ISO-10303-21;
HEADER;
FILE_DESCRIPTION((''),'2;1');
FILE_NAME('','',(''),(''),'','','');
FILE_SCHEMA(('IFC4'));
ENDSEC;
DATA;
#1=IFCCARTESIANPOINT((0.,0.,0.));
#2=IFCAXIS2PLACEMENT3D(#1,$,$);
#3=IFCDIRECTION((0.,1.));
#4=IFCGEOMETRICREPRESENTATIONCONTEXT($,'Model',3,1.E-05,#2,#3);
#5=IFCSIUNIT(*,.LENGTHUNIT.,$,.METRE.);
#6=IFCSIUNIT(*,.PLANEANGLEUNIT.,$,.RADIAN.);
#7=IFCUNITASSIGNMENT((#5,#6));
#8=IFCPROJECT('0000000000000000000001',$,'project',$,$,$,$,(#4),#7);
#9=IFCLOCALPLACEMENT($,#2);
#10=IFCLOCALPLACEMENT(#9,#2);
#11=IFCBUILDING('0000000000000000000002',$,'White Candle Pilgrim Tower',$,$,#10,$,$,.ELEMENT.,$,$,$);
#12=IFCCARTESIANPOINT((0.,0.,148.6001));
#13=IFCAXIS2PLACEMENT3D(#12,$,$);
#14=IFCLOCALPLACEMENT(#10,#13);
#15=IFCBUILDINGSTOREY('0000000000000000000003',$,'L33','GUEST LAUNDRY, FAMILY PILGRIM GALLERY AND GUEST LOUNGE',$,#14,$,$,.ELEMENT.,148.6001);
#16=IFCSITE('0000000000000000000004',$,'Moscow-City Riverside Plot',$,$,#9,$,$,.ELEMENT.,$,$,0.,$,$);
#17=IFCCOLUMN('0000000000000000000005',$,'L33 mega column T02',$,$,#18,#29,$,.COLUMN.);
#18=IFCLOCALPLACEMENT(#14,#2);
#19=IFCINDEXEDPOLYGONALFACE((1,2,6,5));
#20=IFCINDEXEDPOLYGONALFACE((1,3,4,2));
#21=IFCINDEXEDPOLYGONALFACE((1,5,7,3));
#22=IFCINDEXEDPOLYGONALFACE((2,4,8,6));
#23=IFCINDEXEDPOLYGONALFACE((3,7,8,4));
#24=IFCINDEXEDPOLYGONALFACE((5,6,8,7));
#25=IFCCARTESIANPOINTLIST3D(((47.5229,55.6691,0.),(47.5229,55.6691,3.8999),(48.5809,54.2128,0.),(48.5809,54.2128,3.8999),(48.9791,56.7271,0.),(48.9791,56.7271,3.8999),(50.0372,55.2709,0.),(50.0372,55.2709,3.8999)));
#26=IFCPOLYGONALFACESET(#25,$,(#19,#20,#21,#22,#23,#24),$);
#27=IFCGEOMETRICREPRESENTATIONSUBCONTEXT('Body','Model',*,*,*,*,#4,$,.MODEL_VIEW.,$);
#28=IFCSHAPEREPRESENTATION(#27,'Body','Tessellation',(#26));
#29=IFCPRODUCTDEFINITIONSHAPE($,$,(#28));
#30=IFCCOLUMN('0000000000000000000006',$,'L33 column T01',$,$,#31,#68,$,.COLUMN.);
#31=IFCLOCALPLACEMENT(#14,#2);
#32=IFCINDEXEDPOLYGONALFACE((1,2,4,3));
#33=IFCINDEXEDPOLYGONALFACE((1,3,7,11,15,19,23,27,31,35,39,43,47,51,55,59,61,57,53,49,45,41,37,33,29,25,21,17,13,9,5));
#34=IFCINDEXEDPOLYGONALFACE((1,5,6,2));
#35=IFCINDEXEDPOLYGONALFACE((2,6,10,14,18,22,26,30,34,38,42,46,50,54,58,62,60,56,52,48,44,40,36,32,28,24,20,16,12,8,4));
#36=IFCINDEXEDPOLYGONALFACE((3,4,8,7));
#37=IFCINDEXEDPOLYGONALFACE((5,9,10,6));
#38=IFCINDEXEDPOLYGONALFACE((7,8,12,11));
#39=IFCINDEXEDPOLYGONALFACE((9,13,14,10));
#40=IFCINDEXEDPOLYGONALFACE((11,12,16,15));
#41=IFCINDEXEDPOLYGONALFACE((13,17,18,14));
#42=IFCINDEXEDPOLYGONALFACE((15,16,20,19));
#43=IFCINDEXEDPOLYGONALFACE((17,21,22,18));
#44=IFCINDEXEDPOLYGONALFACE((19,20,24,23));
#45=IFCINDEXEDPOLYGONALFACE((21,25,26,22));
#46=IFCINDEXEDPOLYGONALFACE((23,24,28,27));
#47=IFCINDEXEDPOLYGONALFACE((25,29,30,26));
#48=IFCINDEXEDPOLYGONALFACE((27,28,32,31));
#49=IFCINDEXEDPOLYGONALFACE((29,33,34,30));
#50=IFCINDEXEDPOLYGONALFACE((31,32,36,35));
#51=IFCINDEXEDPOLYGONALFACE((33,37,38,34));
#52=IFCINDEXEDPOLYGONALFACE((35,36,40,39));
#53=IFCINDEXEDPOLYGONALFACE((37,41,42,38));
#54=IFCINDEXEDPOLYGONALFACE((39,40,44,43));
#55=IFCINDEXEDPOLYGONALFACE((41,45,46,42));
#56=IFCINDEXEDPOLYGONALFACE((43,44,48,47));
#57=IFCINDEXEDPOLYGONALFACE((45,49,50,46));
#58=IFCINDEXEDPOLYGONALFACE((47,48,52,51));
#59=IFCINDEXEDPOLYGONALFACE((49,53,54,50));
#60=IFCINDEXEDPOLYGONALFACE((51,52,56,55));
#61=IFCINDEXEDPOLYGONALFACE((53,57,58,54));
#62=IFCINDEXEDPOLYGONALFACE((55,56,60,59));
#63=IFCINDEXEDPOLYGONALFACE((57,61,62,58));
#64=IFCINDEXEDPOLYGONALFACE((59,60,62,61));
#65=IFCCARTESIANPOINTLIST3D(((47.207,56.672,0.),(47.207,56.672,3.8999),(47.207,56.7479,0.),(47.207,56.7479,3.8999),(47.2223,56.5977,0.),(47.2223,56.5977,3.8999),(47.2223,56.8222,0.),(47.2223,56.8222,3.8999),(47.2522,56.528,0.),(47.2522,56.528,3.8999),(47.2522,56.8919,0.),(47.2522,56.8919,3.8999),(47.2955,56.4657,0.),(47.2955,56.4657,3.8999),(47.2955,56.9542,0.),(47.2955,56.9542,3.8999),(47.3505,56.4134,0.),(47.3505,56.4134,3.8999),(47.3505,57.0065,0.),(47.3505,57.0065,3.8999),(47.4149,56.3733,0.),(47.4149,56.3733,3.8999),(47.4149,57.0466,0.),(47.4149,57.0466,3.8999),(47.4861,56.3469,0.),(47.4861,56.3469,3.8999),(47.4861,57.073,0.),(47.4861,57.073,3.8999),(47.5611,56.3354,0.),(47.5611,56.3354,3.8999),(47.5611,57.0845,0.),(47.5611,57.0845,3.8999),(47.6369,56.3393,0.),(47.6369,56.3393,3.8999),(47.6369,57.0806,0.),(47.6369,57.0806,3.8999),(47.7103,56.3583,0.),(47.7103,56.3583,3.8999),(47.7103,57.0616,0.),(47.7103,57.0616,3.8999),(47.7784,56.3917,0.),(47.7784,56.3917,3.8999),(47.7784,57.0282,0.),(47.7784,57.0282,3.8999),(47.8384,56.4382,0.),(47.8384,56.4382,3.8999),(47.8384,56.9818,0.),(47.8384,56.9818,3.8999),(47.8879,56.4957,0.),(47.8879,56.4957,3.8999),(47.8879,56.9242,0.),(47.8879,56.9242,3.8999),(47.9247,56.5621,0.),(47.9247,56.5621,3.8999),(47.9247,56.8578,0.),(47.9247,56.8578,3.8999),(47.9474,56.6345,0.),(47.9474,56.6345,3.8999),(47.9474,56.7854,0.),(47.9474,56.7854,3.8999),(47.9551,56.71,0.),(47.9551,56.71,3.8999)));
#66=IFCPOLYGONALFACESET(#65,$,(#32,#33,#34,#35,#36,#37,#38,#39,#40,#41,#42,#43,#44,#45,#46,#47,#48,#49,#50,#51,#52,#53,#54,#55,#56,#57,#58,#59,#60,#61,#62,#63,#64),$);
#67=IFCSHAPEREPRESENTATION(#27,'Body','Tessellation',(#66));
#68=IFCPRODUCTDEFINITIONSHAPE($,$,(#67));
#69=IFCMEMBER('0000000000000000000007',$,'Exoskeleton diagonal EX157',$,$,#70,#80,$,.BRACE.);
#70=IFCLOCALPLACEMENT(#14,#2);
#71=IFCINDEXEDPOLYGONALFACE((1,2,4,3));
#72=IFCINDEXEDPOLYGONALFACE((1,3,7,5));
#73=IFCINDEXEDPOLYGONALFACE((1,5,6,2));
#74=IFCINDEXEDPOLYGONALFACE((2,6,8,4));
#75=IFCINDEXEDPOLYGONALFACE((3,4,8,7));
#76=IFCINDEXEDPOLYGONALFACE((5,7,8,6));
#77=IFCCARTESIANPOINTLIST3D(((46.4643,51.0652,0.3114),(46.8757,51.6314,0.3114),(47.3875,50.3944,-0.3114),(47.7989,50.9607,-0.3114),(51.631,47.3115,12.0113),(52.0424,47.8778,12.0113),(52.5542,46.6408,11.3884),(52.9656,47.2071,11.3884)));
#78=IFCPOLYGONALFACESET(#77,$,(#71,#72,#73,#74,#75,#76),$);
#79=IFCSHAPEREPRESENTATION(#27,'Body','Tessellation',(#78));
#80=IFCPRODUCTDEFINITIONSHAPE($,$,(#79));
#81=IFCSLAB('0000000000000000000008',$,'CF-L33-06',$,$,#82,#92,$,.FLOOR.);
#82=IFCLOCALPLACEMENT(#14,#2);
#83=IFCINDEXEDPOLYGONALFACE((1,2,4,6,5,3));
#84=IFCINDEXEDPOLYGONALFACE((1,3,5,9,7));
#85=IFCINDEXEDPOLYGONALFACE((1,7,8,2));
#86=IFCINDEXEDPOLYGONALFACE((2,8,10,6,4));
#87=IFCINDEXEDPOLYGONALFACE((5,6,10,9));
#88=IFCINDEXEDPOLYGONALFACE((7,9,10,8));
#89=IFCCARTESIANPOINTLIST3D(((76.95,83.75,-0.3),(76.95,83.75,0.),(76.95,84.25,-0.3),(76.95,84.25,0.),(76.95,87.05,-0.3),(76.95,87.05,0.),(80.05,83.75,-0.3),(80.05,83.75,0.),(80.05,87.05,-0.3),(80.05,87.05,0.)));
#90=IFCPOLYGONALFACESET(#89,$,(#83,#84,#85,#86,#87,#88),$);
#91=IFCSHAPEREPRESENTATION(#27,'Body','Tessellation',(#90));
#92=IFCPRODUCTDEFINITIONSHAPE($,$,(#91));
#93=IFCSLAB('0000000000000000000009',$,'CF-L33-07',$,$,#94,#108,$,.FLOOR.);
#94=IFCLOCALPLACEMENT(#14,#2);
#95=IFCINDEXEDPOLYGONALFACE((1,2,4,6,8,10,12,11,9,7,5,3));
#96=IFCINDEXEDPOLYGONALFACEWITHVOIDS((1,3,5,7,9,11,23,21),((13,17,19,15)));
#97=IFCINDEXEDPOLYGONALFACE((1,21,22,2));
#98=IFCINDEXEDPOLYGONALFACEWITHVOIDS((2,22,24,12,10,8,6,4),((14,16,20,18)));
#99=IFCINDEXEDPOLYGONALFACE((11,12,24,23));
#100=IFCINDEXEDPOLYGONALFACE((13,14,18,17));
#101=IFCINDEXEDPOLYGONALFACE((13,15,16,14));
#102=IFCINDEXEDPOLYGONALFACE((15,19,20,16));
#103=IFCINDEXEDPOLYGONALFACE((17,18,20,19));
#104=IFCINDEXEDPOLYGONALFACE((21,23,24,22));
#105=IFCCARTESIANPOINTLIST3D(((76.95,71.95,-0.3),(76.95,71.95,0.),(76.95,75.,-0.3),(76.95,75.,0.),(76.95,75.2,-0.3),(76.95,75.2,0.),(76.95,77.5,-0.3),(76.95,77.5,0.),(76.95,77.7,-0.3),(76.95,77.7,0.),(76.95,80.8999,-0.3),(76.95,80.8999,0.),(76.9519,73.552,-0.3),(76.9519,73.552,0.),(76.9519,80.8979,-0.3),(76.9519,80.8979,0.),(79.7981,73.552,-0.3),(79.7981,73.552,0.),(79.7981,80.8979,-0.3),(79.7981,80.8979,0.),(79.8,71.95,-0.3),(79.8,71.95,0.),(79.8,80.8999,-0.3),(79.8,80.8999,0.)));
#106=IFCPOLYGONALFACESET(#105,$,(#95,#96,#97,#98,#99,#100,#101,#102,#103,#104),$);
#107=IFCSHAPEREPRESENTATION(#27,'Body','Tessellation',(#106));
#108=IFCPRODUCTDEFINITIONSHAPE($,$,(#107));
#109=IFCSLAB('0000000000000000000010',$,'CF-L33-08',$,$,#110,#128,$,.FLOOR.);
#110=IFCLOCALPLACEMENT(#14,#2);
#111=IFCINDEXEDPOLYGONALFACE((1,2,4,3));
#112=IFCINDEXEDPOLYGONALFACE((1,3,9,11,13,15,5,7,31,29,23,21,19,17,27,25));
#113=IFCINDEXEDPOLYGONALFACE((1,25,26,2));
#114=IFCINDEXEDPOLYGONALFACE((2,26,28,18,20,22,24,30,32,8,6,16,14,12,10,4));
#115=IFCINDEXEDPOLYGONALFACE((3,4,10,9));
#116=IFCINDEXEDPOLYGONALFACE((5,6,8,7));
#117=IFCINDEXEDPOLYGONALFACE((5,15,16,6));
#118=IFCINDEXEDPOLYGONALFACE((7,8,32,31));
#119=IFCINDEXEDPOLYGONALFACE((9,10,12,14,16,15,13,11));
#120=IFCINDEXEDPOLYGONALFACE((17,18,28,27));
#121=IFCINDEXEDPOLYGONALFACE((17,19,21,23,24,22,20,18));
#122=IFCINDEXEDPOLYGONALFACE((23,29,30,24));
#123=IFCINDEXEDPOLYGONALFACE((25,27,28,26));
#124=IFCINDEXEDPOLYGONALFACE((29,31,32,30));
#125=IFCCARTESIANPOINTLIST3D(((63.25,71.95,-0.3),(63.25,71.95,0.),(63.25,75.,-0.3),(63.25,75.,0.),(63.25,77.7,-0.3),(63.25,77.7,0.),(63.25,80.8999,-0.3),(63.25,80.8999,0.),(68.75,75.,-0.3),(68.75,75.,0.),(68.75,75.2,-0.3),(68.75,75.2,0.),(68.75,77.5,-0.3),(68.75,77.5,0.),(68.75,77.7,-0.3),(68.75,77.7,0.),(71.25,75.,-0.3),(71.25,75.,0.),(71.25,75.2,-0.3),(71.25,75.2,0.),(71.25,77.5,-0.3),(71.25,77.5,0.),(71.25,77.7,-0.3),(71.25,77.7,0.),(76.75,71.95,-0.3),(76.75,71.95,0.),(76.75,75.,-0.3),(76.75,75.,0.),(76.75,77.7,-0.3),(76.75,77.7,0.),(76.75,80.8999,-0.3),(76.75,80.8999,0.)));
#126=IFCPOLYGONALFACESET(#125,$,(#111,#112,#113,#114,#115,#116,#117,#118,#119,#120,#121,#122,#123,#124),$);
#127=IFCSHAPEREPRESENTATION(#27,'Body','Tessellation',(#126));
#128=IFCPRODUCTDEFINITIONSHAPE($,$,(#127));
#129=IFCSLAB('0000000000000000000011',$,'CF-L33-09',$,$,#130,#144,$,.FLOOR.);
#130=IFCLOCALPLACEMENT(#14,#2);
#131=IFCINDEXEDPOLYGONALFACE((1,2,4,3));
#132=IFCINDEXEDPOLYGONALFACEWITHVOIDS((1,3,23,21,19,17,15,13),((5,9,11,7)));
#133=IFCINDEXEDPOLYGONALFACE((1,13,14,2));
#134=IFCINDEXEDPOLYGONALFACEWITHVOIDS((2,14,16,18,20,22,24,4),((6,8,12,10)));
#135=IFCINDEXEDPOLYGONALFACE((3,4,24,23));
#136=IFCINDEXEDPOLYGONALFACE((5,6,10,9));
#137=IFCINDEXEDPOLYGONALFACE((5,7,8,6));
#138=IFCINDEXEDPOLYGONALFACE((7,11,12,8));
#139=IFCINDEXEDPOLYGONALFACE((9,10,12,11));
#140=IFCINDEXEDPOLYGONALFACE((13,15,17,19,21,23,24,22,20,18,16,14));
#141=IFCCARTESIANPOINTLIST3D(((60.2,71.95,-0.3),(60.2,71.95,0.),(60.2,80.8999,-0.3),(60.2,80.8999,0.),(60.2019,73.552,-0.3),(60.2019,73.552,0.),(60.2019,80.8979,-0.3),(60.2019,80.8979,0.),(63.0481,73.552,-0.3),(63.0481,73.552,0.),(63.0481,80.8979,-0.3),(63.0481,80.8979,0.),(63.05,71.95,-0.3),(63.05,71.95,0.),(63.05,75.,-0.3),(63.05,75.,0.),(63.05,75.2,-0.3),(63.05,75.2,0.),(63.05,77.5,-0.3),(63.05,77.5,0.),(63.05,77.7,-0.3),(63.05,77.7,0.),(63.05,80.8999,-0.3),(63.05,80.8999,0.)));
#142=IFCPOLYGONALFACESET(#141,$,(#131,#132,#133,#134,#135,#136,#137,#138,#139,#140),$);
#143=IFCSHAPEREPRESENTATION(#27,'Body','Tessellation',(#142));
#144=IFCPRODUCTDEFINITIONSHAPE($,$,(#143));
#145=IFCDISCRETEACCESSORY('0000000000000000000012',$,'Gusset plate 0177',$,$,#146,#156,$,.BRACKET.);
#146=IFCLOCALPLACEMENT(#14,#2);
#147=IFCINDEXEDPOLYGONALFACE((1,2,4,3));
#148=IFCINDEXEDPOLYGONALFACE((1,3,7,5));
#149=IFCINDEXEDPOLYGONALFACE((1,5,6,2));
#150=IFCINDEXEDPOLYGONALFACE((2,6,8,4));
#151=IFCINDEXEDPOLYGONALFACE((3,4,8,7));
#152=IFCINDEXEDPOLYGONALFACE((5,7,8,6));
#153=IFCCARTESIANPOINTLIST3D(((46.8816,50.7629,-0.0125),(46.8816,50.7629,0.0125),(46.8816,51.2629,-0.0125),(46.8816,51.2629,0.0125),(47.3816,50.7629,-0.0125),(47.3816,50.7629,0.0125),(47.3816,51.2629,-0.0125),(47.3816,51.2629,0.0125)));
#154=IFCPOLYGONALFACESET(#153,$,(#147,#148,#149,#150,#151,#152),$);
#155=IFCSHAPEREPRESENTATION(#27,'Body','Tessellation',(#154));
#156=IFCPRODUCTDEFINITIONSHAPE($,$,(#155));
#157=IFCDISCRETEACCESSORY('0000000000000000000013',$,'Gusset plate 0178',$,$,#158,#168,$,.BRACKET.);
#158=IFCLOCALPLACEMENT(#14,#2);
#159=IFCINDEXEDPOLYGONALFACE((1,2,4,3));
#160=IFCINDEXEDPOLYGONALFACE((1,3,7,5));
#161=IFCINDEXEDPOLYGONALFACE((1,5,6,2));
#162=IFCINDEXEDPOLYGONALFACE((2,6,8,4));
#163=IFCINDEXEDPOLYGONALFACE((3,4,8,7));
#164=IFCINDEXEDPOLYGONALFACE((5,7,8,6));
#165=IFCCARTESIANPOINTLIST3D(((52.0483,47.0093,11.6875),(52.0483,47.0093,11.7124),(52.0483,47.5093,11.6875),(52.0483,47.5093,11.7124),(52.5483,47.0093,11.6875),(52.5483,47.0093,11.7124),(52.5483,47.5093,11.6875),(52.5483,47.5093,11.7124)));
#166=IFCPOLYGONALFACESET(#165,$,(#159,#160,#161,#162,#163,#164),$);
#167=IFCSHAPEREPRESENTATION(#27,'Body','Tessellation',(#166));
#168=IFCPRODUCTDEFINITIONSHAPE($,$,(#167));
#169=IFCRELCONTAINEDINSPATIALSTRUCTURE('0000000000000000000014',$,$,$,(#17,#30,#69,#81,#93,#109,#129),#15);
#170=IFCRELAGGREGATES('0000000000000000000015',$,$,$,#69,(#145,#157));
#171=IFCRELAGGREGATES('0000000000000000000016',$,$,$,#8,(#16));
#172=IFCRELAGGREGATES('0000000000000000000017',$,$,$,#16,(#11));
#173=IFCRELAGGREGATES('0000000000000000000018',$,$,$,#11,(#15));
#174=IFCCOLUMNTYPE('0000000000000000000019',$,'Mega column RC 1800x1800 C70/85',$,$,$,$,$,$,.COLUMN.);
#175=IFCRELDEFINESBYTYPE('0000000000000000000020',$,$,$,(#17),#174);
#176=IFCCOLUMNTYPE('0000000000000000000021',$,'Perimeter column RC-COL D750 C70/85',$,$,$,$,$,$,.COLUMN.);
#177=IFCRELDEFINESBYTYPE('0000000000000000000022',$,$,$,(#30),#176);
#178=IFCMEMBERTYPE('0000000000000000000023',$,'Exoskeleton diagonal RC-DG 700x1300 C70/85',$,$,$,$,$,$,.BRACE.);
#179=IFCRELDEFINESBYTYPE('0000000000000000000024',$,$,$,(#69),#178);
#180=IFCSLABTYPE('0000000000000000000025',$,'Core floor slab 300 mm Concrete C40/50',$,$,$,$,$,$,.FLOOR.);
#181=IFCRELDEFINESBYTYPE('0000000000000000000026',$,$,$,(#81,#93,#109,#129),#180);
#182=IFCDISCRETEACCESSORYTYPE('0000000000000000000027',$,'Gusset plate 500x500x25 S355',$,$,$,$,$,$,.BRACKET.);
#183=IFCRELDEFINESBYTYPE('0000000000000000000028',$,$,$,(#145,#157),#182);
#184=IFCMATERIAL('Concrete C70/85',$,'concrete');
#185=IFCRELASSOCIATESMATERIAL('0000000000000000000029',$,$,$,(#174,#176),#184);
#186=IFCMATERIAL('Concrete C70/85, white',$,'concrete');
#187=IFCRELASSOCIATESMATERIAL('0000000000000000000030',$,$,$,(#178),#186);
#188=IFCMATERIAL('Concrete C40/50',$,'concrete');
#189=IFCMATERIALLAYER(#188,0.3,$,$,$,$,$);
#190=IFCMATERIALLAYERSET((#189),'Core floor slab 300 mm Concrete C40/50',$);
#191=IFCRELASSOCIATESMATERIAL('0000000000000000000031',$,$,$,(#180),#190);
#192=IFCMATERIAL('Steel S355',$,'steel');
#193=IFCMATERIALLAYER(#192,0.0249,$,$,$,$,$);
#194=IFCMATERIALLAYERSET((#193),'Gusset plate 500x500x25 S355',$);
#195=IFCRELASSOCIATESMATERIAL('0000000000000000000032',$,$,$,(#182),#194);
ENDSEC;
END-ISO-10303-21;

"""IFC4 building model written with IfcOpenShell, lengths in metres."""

from ifc_helpers import new_model, si_unit, direction, frame, origin, origin_2d, place, context, subcontext, project, spatial, polyline, rectangle, circle, outline, extrude, material, layer, layer_set, material_profile, profile_set, type_object, element, aggregate, save


model = new_model("IFC4")

# Units and contexts
model_context = context("Model", 3, precision=1e-05, world=origin(), true_north=direction((0.0, 1.0)))
body_context = subcontext(model_context, "Body", "Model", "MODEL_VIEW")
ifc_project = project(units=[si_unit("LENGTHUNIT", "METRE"), si_unit("PLANEANGLEUNIT", "RADIAN")], contexts=[model_context])

# Site, building, storey
site_placement = place(None, origin())
site = spatial("IfcSite", under=ifc_project, at=site_placement, Name="Moscow-City Riverside Plot", CompositionType="ELEMENT", RefElevation=0.0)
building_placement = place(site_placement, origin())
building = spatial("IfcBuilding", under=site, at=building_placement, Name="White Candle Pilgrim Tower", CompositionType="ELEMENT")
storey_placement = place(building_placement, frame((0.0, 0.0, 148.6001)))
storey = spatial("IfcBuildingStorey", under=building, at=storey_placement, Name="L33", Description="GUEST LAUNDRY, FAMILY PILGRIM GALLERY AND GUEST LOUNGE", CompositionType="ELEMENT", Elevation=148.6001)

# Columns
ifc_material_1 = material(Name="Concrete C70/85", Category="concrete")
ifc_material_profile_1 = material_profile(ifc_material_1, rectangle(XDim=1.8, YDim=1.8, at=origin_2d()), Name="RC 1800x1800")
ifc_profile_set_1 = profile_set([ifc_material_profile_1], Name="Concrete C70/85")
column_type_1 = type_object("IfcColumnType", Name="Mega column RC 1800x1800 C70/85", PredefinedType="COLUMN", material=ifc_profile_set_1)
column_1_placement = place(storey_placement, frame((48.78, 55.47, 0.0), z_axis=(0.0, 0.0, 1.0), x_axis=(-0.809017, -0.587785, 0.0)))
element("IfcColumn", 1, at=column_1_placement, inside=storey, type_object=column_type_1, Name="L33 mega column T02", PredefinedType="COLUMN", context=body_context, shape_type="SweptSolid", body=[
    extrude(rectangle(XDim=1.8, YDim=1.8, at=origin_2d()), origin(), (0.0, 0.0, 1.0), 3.8999),
])
ifc_material_profile_2 = material_profile(ifc_material_1, circle(Radius=0.375, at=origin_2d()), Name="RC-COL D750")
ifc_profile_set_2 = profile_set([ifc_material_profile_2], Name="Concrete C70/85")
column_type_2 = type_object("IfcColumnType", Name="Perimeter column RC-COL D750 C70/85", PredefinedType="COLUMN", material=ifc_profile_set_2)
column_2_placement = place(storey_placement, frame((47.5801, 56.71, 0.0), z_axis=(0.0, 0.0, 1.0), x_axis=(1.0, 0.0, 0.0)))
element("IfcColumn", 2, at=column_2_placement, inside=storey, type_object=column_type_2, Name="L33 column T01", PredefinedType="COLUMN", context=body_context, shape_type="SweptSolid", body=[
    extrude(circle(Radius=0.375, at=origin_2d()), origin(), (0.0, 0.0, 1.0), 3.8999),
])

# Member
ifc_material_2 = material(Name="Concrete C70/85, white", Category="concrete")
ifc_material_profile_3 = material_profile(ifc_material_2, rectangle(XDim=0.7, YDim=1.3, at=origin_2d()), Name="RC-DG 700x1300")
ifc_profile_set_3 = profile_set([ifc_material_profile_3], Name="Concrete C70/85, white")
member_type = type_object("IfcMemberType", Name="Exoskeleton diagonal RC-DG 700x1300 C70/85", PredefinedType="BRACE", material=ifc_profile_set_3)
member_placement = place(storey_placement, frame((47.1316, 51.0129, 0.0), z_axis=(0.387619, -0.281607, 0.877752), x_axis=(0.587765, 0.809032, 0.0)))
member = element("IfcMember", 3, at=member_placement, inside=storey, type_object=member_type, Name="Exoskeleton diagonal EX157", PredefinedType="BRACE", context=body_context, shape_type="SweptSolid", body=[
    extrude(rectangle(XDim=0.7, YDim=1.3, at=origin_2d()), origin(), (0.0, 0.0, 1.0), 13.3293),
])

# Slabs
ifc_material_3 = material(Name="Concrete C40/50", Category="concrete")
ifc_layer_1 = layer(ifc_material_3, 0.3)
ifc_layer_set_1 = layer_set([ifc_layer_1], Name="Core floor slab 300 mm Concrete C40/50")
slab_type_1 = type_object("IfcSlabType", Name="Core floor slab 300 mm Concrete C40/50", PredefinedType="FLOOR", material=ifc_layer_set_1)
slab_1_placement = place(storey_placement, frame((0.0, 0.0, -0.3)))
element("IfcSlab", 4, at=slab_1_placement, inside=storey, type_object=slab_type_1, Name="CF-L33-06", PredefinedType="FLOOR", context=body_context, shape_type="SweptSolid", body=[
    extrude(outline(polyline([(80.05, 87.05), (80.05, 83.75), (76.95, 83.75), (76.95, 84.25), (76.95, 87.05), (80.05, 87.05)])), origin(), (0.0, 0.0, 1.0), 0.3),
])
slab_2_placement = place(storey_placement, frame((0.0, 0.0, -0.3)))
element("IfcSlab", 5, at=slab_2_placement, inside=storey, type_object=slab_type_1, Name="CF-L33-07", PredefinedType="FLOOR", context=body_context, shape_type="SweptSolid", body=[
    extrude(outline(polyline([(76.95, 71.95), (76.95, 75.0), (76.95, 75.2), (76.95, 77.5), (76.95, 77.7), (76.95, 80.8999), (79.8, 80.8999), (79.8, 71.95), (76.95, 71.95)]), holes=[polyline([(76.9519, 73.552), (79.7981, 73.552), (79.7981, 80.8979), (76.9519, 80.8979), (76.9519, 73.552)])]), origin(), (0.0, 0.0, 1.0), 0.3),
])
slab_3_placement = place(storey_placement, frame((0.0, 0.0, -0.3)))
element("IfcSlab", 6, at=slab_3_placement, inside=storey, type_object=slab_type_1, Name="CF-L33-08", PredefinedType="FLOOR", context=body_context, shape_type="SweptSolid", body=[
    extrude(outline(polyline([(63.25, 71.95), (63.25, 75.0), (68.75, 75.0), (68.75, 75.2), (68.75, 77.5), (68.75, 77.7), (63.25, 77.7), (63.25, 80.8999), (76.75, 80.8999), (76.75, 77.7), (71.25, 77.7), (71.25, 77.5), (71.25, 75.2), (71.25, 75.0), (76.75, 75.0), (76.75, 71.95), (63.25, 71.95)])), origin(), (0.0, 0.0, 1.0), 0.3),
])
slab_4_placement = place(storey_placement, frame((0.0, 0.0, -0.3)))
element("IfcSlab", 7, at=slab_4_placement, inside=storey, type_object=slab_type_1, Name="CF-L33-09", PredefinedType="FLOOR", context=body_context, shape_type="SweptSolid", body=[
    extrude(outline(polyline([(60.2, 71.95), (60.2, 80.8999), (63.05, 80.8999), (63.05, 77.7), (63.05, 77.5), (63.05, 75.2), (63.05, 75.0), (63.05, 71.95), (60.2, 71.95)]), holes=[polyline([(60.2019, 73.552), (63.0481, 73.552), (63.0481, 80.8979), (60.2019, 80.8979), (60.2019, 73.552)])]), origin(), (0.0, 0.0, 1.0), 0.3),
])

# Discrete accessories
ifc_material_4 = material(Name="Steel S355", Category="steel")
ifc_layer_2 = layer(ifc_material_4, 0.0249)
ifc_layer_set_2 = layer_set([ifc_layer_2], Name="Gusset plate 500x500x25 S355")
discrete_accessory_type = type_object("IfcDiscreteAccessoryType", Name="Gusset plate 500x500x25 S355", PredefinedType="BRACKET", material=ifc_layer_set_2)
discrete_accessory_1_placement = place(storey_placement, frame((47.1316, 51.0129, -0.0125), z_axis=(0.0, 0.0, 1.0), x_axis=(1.0, 0.0, 0.0)))
discrete_accessory_1 = element("IfcDiscreteAccessory", 8, at=discrete_accessory_1_placement, type_object=discrete_accessory_type, Name="Gusset plate 0177", PredefinedType="BRACKET", context=body_context, shape_type="SweptSolid", body=[
    extrude(rectangle(XDim=0.5, YDim=0.5, at=origin_2d()), origin(), (0.0, 0.0, 1.0), 0.0249),
])
placement = place(building_placement, frame((0.0, 0.0, 160.3)))
discrete_accessory_2_placement = place(placement, frame((52.2983, 47.2593, -0.0125), z_axis=(0.0, 0.0, 1.0), x_axis=(1.0, 0.0, 0.0)))
discrete_accessory_2 = element("IfcDiscreteAccessory", 9, at=discrete_accessory_2_placement, type_object=discrete_accessory_type, Name="Gusset plate 0178", PredefinedType="BRACKET", context=body_context, shape_type="SweptSolid", body=[
    extrude(rectangle(XDim=0.5, YDim=0.5, at=origin_2d()), origin(), (0.0, 0.0, 1.0), 0.0249),
])
aggregate(member, [discrete_accessory_1, discrete_accessory_2])

save(model, "model.ifc")
